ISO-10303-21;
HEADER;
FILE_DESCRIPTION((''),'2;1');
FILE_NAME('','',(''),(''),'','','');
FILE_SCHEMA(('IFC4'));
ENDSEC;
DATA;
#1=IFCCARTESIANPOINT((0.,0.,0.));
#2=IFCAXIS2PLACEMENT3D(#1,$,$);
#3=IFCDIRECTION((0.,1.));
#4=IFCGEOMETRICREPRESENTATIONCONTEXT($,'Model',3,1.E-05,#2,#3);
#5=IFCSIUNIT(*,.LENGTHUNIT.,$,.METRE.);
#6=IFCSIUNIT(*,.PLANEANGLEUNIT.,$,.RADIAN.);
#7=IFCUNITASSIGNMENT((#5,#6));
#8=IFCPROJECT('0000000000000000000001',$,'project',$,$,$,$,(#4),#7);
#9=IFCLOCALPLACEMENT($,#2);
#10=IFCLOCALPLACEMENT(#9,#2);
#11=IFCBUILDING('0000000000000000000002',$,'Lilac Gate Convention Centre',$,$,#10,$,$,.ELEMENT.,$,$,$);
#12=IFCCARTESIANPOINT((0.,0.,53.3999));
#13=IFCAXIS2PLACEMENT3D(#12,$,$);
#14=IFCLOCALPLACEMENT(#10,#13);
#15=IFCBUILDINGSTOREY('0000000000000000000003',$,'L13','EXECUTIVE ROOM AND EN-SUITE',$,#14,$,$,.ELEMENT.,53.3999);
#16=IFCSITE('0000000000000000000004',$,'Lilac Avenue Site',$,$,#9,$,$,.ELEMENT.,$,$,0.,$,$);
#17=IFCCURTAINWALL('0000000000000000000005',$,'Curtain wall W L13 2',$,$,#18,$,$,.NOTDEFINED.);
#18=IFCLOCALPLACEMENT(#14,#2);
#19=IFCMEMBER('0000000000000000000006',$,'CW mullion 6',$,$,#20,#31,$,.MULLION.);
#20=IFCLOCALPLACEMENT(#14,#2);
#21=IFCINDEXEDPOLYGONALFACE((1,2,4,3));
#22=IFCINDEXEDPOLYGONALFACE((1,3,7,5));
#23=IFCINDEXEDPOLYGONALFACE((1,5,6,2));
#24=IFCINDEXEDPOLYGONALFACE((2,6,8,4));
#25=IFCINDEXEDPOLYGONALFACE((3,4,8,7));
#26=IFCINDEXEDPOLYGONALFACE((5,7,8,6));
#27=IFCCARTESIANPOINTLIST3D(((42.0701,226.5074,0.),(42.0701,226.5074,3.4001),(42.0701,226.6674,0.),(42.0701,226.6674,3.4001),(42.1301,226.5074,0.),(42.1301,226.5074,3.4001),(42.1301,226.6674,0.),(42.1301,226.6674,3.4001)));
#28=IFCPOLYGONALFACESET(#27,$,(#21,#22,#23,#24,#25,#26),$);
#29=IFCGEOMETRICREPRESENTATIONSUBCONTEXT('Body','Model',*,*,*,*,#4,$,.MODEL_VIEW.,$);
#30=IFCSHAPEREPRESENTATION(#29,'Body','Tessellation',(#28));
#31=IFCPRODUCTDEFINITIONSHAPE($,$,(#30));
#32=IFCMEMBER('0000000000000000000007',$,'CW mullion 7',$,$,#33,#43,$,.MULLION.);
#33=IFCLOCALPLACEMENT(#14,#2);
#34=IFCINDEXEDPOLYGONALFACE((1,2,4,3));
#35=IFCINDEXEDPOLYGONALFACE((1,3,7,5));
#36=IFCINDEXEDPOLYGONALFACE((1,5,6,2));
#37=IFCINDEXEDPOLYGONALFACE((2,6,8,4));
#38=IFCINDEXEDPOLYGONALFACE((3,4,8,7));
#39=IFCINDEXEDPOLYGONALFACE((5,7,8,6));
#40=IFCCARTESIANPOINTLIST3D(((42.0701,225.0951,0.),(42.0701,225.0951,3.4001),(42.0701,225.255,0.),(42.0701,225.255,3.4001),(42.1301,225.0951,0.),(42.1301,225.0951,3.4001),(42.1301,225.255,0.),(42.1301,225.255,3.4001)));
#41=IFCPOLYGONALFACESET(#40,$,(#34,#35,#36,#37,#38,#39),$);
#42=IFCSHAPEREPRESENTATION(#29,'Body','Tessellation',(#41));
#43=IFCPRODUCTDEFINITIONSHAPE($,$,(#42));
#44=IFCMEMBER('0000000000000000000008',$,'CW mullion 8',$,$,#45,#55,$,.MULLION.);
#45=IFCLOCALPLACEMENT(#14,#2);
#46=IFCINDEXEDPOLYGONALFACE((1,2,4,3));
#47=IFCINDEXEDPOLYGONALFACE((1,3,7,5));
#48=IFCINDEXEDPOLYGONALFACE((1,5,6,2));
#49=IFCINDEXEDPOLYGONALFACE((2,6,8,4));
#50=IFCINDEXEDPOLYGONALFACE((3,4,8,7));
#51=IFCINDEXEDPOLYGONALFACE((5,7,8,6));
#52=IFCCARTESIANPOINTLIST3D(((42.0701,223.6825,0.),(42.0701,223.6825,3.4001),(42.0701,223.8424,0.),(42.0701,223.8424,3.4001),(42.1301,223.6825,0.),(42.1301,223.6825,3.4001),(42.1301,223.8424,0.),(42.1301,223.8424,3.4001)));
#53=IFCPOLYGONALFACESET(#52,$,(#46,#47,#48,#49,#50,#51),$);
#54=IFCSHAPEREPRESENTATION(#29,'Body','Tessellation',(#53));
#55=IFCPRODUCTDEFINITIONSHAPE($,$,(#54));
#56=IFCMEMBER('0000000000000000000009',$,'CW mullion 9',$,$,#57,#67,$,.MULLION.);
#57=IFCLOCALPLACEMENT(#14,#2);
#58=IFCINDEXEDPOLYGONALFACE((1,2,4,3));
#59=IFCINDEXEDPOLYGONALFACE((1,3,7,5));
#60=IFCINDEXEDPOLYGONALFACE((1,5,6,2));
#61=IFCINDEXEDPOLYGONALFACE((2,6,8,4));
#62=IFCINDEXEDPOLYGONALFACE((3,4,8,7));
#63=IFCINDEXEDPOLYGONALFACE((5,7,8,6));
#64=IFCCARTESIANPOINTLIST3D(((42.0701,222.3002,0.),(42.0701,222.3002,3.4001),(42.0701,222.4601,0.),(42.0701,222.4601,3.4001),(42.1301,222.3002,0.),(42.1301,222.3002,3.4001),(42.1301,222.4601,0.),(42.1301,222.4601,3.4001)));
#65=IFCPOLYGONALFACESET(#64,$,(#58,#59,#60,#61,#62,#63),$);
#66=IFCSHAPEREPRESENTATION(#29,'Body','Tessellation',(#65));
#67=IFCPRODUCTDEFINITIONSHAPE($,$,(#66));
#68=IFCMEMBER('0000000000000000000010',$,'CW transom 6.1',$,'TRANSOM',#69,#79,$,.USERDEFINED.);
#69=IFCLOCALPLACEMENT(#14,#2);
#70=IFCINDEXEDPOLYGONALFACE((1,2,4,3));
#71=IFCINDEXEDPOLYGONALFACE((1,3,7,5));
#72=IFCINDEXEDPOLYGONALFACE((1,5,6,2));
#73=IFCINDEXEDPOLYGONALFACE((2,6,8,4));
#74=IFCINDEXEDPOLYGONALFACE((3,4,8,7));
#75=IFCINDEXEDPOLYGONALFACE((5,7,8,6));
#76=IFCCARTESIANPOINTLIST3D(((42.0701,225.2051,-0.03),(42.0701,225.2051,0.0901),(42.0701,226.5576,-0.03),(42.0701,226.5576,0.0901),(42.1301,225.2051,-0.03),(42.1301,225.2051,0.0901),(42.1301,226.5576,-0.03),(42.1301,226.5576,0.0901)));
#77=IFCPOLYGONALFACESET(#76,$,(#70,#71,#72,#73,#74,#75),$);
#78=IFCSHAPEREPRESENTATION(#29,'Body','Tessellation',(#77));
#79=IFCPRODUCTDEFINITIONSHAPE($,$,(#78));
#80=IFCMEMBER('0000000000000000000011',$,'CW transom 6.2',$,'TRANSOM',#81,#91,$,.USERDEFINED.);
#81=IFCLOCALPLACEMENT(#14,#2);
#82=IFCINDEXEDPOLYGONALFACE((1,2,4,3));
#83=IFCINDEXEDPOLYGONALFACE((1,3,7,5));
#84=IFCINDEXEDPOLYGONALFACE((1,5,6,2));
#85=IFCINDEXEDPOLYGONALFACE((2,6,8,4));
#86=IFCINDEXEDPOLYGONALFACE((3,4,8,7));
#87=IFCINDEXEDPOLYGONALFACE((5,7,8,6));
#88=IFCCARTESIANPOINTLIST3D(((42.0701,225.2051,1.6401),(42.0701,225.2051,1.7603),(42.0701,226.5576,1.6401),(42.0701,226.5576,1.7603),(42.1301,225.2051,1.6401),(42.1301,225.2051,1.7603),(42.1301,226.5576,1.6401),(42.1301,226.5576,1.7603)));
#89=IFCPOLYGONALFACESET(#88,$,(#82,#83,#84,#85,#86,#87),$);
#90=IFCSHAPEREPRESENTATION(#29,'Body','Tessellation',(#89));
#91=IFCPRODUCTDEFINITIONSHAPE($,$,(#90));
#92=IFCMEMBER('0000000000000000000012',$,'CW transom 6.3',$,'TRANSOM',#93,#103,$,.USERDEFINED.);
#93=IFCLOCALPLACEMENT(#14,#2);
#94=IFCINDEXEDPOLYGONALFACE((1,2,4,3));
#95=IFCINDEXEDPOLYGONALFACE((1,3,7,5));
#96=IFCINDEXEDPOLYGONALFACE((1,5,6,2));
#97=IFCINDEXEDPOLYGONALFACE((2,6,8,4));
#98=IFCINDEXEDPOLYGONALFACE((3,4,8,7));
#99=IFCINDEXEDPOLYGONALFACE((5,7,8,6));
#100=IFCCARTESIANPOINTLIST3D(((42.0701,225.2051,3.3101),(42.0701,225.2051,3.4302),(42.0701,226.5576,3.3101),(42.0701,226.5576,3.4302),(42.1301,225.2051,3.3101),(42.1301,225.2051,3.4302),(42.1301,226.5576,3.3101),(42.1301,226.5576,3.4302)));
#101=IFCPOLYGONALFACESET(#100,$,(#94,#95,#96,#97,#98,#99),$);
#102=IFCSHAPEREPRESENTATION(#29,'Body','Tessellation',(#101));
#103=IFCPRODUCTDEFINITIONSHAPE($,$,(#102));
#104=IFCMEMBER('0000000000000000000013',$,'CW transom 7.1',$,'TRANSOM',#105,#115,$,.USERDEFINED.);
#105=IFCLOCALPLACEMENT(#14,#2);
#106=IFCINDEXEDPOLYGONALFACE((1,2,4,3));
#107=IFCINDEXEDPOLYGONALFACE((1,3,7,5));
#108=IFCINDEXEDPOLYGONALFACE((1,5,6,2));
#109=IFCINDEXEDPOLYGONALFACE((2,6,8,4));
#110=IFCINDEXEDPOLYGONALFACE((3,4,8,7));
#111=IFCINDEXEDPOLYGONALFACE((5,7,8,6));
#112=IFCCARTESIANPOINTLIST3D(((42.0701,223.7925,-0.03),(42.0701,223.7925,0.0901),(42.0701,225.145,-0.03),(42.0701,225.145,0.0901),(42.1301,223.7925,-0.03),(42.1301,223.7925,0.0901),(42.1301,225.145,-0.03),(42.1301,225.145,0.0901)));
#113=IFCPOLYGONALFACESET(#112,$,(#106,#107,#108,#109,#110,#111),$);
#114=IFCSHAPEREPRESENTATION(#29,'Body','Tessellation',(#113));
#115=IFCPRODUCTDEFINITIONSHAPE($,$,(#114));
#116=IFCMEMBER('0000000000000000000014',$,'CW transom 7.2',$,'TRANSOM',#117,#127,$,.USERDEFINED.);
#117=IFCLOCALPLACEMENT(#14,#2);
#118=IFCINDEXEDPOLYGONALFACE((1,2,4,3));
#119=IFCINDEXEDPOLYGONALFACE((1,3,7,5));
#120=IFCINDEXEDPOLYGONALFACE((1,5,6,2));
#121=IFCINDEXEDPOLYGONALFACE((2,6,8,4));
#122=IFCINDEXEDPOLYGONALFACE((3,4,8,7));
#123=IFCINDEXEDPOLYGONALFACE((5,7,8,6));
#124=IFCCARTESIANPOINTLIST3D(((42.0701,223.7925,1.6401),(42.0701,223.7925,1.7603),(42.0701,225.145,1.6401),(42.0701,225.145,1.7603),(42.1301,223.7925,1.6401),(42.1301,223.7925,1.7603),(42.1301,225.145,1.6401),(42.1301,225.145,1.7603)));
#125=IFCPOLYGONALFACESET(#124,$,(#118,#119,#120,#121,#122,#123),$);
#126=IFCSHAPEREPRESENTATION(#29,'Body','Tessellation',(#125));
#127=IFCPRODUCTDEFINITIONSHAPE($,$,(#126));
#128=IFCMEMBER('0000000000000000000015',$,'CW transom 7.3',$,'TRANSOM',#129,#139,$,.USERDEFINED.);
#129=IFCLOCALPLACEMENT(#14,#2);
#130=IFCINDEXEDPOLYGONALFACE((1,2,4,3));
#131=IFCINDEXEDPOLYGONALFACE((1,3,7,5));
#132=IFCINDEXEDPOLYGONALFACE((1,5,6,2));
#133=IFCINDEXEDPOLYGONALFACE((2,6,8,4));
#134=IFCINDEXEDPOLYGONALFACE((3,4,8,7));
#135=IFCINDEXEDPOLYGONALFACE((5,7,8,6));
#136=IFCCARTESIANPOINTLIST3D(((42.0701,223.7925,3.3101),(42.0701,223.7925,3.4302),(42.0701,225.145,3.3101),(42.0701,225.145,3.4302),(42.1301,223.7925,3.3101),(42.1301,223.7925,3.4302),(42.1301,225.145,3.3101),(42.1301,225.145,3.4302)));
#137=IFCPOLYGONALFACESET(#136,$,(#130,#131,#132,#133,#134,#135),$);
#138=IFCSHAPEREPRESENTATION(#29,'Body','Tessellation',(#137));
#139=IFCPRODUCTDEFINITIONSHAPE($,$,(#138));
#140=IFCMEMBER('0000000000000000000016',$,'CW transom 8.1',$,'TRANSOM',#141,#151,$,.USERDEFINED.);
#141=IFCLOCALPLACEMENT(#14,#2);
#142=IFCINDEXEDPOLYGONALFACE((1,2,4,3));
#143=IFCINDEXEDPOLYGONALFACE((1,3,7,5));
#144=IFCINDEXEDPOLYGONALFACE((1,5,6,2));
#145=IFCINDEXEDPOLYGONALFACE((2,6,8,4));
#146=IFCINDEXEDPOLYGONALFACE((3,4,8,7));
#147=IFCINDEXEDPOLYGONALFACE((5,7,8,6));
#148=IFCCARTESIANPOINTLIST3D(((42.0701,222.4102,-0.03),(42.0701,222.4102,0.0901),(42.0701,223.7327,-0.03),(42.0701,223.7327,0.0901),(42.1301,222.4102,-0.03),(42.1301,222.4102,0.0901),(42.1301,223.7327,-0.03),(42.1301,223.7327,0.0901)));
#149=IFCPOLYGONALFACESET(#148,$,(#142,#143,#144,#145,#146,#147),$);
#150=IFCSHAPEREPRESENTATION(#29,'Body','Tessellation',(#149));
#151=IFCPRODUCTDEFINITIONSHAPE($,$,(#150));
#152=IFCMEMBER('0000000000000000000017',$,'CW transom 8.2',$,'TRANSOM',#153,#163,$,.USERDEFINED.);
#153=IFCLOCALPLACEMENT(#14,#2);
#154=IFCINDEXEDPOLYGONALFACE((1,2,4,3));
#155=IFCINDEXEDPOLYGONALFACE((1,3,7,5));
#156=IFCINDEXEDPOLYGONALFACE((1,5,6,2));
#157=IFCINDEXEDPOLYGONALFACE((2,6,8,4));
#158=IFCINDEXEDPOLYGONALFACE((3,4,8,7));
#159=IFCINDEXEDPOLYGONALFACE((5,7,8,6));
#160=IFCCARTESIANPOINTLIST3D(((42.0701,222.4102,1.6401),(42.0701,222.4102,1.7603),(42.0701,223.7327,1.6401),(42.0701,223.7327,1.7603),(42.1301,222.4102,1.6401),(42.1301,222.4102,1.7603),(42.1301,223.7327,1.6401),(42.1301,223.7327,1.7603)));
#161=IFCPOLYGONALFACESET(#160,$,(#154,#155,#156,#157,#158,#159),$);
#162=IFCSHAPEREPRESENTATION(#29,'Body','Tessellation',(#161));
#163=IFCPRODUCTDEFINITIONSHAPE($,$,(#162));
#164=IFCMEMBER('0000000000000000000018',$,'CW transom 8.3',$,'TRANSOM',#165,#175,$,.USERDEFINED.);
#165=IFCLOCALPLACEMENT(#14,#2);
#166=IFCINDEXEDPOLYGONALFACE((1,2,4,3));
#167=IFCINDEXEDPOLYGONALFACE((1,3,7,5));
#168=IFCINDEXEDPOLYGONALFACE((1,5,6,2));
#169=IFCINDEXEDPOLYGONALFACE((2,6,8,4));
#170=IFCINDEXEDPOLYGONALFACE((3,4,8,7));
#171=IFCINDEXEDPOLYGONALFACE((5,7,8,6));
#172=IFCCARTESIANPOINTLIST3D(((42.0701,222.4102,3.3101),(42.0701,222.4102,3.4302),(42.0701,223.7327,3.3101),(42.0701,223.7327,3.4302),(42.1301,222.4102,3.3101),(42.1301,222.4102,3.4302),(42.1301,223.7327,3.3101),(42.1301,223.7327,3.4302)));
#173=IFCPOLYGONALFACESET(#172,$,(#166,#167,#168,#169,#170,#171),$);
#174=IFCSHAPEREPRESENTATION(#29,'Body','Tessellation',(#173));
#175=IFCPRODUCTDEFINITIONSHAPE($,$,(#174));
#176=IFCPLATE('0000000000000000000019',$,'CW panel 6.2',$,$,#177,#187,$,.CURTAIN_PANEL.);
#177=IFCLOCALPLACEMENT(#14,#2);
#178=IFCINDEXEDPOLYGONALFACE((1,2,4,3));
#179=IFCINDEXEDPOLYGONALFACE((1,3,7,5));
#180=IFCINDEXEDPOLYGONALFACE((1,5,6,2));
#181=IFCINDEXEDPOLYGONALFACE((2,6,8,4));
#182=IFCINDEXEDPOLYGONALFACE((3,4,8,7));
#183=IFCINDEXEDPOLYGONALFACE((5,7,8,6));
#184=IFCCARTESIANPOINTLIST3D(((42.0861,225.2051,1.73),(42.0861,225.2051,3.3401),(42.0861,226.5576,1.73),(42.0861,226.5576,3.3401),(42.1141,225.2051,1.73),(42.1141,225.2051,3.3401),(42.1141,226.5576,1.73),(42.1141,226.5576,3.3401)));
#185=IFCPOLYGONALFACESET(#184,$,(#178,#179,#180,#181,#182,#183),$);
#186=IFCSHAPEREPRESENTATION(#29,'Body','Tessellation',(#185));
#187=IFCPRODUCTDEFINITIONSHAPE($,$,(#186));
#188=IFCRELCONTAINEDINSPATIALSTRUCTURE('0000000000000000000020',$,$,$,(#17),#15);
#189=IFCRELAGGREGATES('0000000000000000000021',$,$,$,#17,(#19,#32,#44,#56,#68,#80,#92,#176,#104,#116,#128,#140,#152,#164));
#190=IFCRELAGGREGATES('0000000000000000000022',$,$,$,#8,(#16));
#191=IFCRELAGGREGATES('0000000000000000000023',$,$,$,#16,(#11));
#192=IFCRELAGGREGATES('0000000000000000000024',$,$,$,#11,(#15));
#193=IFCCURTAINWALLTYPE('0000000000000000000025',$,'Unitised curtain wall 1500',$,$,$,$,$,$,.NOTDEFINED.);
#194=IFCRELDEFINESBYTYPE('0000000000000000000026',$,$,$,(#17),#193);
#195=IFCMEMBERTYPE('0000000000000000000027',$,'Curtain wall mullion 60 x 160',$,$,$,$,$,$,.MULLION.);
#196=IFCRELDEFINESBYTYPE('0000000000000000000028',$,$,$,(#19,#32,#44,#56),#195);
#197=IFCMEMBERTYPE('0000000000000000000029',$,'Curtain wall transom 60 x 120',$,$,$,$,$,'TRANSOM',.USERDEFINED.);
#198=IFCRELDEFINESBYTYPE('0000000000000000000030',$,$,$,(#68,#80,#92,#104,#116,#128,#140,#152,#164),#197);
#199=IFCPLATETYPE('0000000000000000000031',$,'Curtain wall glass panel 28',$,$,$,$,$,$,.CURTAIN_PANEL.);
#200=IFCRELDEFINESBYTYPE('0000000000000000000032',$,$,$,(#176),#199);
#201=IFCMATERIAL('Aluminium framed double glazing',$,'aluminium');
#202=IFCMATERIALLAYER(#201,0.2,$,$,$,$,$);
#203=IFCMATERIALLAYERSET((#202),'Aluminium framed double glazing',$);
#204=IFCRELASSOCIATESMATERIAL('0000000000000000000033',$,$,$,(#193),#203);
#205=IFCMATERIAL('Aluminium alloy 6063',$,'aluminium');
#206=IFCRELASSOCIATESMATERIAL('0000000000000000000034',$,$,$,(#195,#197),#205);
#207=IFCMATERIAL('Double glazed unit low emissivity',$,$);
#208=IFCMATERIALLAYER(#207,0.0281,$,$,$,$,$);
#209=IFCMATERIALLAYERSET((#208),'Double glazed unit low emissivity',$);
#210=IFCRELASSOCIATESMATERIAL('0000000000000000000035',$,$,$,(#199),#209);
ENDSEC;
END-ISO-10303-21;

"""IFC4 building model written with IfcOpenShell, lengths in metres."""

from ifc_helpers import new_model, si_unit, direction, frame, origin, origin_2d, place, context, subcontext, project, spatial, rectangle, extrude, material, layer, layer_set, material_profile, profile_set, type_object, element, aggregate, save


model = new_model("IFC4")

# Units and contexts
model_context = context("Model", 3, precision=1e-05, world=origin(), true_north=direction((0.0, 1.0)))
body_context = subcontext(model_context, "Body", "Model", "MODEL_VIEW")
ifc_project = project(units=[si_unit("LENGTHUNIT", "METRE"), si_unit("PLANEANGLEUNIT", "RADIAN")], contexts=[model_context])

# Site, building, storey
site_placement = place(None, origin())
site = spatial("IfcSite", under=ifc_project, at=site_placement, Name="Lilac Avenue Site", CompositionType="ELEMENT", RefElevation=0.0)
building_placement = place(site_placement, origin())
building = spatial("IfcBuilding", under=site, at=building_placement, Name="Lilac Gate Convention Centre", CompositionType="ELEMENT")
storey_placement = place(building_placement, frame((0.0, 0.0, 53.3999)))
storey = spatial("IfcBuildingStorey", under=building, at=storey_placement, Name="L13", Description="EXECUTIVE ROOM AND EN-SUITE", CompositionType="ELEMENT", Elevation=53.3999)

# Curtain wall, members, plate
ifc_material_1 = material(Name="Aluminium framed double glazing", Category="aluminium")
ifc_layer_1 = layer(ifc_material_1, 0.2)
ifc_layer_set_1 = layer_set([ifc_layer_1], Name="Aluminium framed double glazing")
curtain_wall_type = type_object("IfcCurtainWallType", Name="Unitised curtain wall 1500", PredefinedType="NOTDEFINED", material=ifc_layer_set_1)
curtain_wall_placement = place(storey_placement, origin())
curtain_wall = element("IfcCurtainWall", 1, at=curtain_wall_placement, inside=storey, type_object=curtain_wall_type, Name="Curtain wall W L13 2", PredefinedType="NOTDEFINED")
ifc_material_2 = material(Name="Aluminium alloy 6063", Category="aluminium")
ifc_material_profile_1 = material_profile(ifc_material_2, rectangle(XDim=0.0601, YDim=0.1599, at=origin_2d()), Name="Curtain wall mullion 60 x 160")
ifc_profile_set_1 = profile_set([ifc_material_profile_1], Name="Aluminium alloy 6063")
member_type_1 = type_object("IfcMemberType", Name="Curtain wall mullion 60 x 160", PredefinedType="MULLION", material=ifc_profile_set_1)
member_1_placement = place(storey_placement, frame((42.1001, 226.5874, 0.0), z_axis=(0.0, 0.0, 1.0), x_axis=(1.0, 0.0, 0.0)))
member_1 = element("IfcMember", 2, at=member_1_placement, type_object=member_type_1, Name="CW mullion 6", PredefinedType="MULLION", context=body_context, shape_type="SweptSolid", body=[
    extrude(rectangle(XDim=0.0601, YDim=0.1599, at=origin_2d()), origin(), (0.0, 0.0, 1.0), 3.4001),
])
member_2_placement = place(storey_placement, frame((42.1001, 225.175, 0.0), z_axis=(0.0, 0.0, 1.0), x_axis=(1.0, 0.0, 0.0)))
member_2 = element("IfcMember", 3, at=member_2_placement, type_object=member_type_1, Name="CW mullion 7", PredefinedType="MULLION", context=body_context, shape_type="SweptSolid", body=[
    extrude(rectangle(XDim=0.0601, YDim=0.1599, at=origin_2d()), origin(), (0.0, 0.0, 1.0), 3.4001),
])
member_3_placement = place(storey_placement, frame((42.1001, 223.7625, 0.0), z_axis=(0.0, 0.0, 1.0), x_axis=(1.0, 0.0, 0.0)))
member_3 = element("IfcMember", 4, at=member_3_placement, type_object=member_type_1, Name="CW mullion 8", PredefinedType="MULLION", context=body_context, shape_type="SweptSolid", body=[
    extrude(rectangle(XDim=0.0601, YDim=0.1599, at=origin_2d()), origin(), (0.0, 0.0, 1.0), 3.4001),
])
member_4_placement = place(storey_placement, frame((42.1001, 222.3801, 0.0), z_axis=(0.0, 0.0, 1.0), x_axis=(1.0, 0.0, 0.0)))
member_4 = element("IfcMember", 5, at=member_4_placement, type_object=member_type_1, Name="CW mullion 9", PredefinedType="MULLION", context=body_context, shape_type="SweptSolid", body=[
    extrude(rectangle(XDim=0.0601, YDim=0.1599, at=origin_2d()), origin(), (0.0, 0.0, 1.0), 3.4001),
])
ifc_material_profile_2 = material_profile(ifc_material_2, rectangle(XDim=0.0601, YDim=0.1201, at=origin_2d()), Name="Curtain wall transom 60 x 120")
ifc_profile_set_2 = profile_set([ifc_material_profile_2], Name="Aluminium alloy 6063")
member_type_2 = type_object("IfcMemberType", Name="Curtain wall transom 60 x 120", ElementType="TRANSOM", PredefinedType="USERDEFINED", material=ifc_profile_set_2)
member_5_placement = place(storey_placement, frame((42.1001, 226.5576, 0.03), z_axis=(0.0, -1.0, 0.0), x_axis=(1.0, 0.0, 0.0)))
member_5 = element("IfcMember", 6, at=member_5_placement, type_object=member_type_2, Name="CW transom 6.1", ObjectType="TRANSOM", PredefinedType="USERDEFINED", context=body_context, shape_type="SweptSolid", body=[
    extrude(rectangle(XDim=0.0601, YDim=0.1201, at=origin_2d()), origin(), (0.0, 0.0, 1.0), 1.3525),
])
member_6_placement = place(storey_placement, frame((42.1001, 226.5576, 1.7002), z_axis=(0.0, -1.0, 0.0), x_axis=(1.0, 0.0, 0.0)))
member_6 = element("IfcMember", 7, at=member_6_placement, type_object=member_type_2, Name="CW transom 6.2", ObjectType="TRANSOM", PredefinedType="USERDEFINED", context=body_context, shape_type="SweptSolid", body=[
    extrude(rectangle(XDim=0.0601, YDim=0.1201, at=origin_2d()), origin(), (0.0, 0.0, 1.0), 1.3525),
])
member_7_placement = place(storey_placement, frame((42.1001, 226.5576, 3.3701), z_axis=(0.0, -1.0, 0.0), x_axis=(1.0, 0.0, 0.0)))
member_7 = element("IfcMember", 8, at=member_7_placement, type_object=member_type_2, Name="CW transom 6.3", ObjectType="TRANSOM", PredefinedType="USERDEFINED", context=body_context, shape_type="SweptSolid", body=[
    extrude(rectangle(XDim=0.0601, YDim=0.1201, at=origin_2d()), origin(), (0.0, 0.0, 1.0), 1.3525),
])
member_8_placement = place(storey_placement, frame((42.1001, 225.145, 0.03), z_axis=(0.0, -1.0, 0.0), x_axis=(1.0, 0.0, 0.0)))
member_8 = element("IfcMember", 9, at=member_8_placement, type_object=member_type_2, Name="CW transom 7.1", ObjectType="TRANSOM", PredefinedType="USERDEFINED", context=body_context, shape_type="SweptSolid", body=[
    extrude(rectangle(XDim=0.0601, YDim=0.1201, at=origin_2d()), origin(), (0.0, 0.0, 1.0), 1.3525),
])
member_9_placement = place(storey_placement, frame((42.1001, 225.145, 1.7002), z_axis=(0.0, -1.0, 0.0), x_axis=(1.0, 0.0, 0.0)))
member_9 = element("IfcMember", 10, at=member_9_placement, type_object=member_type_2, Name="CW transom 7.2", ObjectType="TRANSOM", PredefinedType="USERDEFINED", context=body_context, shape_type="SweptSolid", body=[
    extrude(rectangle(XDim=0.0601, YDim=0.1201, at=origin_2d()), origin(), (0.0, 0.0, 1.0), 1.3525),
])
member_10_placement = place(storey_placement, frame((42.1001, 225.145, 3.3701), z_axis=(0.0, -1.0, 0.0), x_axis=(1.0, 0.0, 0.0)))
member_10 = element("IfcMember", 11, at=member_10_placement, type_object=member_type_2, Name="CW transom 7.3", ObjectType="TRANSOM", PredefinedType="USERDEFINED", context=body_context, shape_type="SweptSolid", body=[
    extrude(rectangle(XDim=0.0601, YDim=0.1201, at=origin_2d()), origin(), (0.0, 0.0, 1.0), 1.3525),
])
member_11_placement = place(storey_placement, frame((42.1001, 223.7327, 0.03), z_axis=(0.0, -1.0, 0.0), x_axis=(1.0, 0.0, 0.0)))
member_11 = element("IfcMember", 12, at=member_11_placement, type_object=member_type_2, Name="CW transom 8.1", ObjectType="TRANSOM", PredefinedType="USERDEFINED", context=body_context, shape_type="SweptSolid", body=[
    extrude(rectangle(XDim=0.0601, YDim=0.1201, at=origin_2d()), origin(), (0.0, 0.0, 1.0), 1.3225),
])
member_12_placement = place(storey_placement, frame((42.1001, 223.7327, 1.7002), z_axis=(0.0, -1.0, 0.0), x_axis=(1.0, 0.0, 0.0)))
member_12 = element("IfcMember", 13, at=member_12_placement, type_object=member_type_2, Name="CW transom 8.2", ObjectType="TRANSOM", PredefinedType="USERDEFINED", context=body_context, shape_type="SweptSolid", body=[
    extrude(rectangle(XDim=0.0601, YDim=0.1201, at=origin_2d()), origin(), (0.0, 0.0, 1.0), 1.3225),
])
member_13_placement = place(storey_placement, frame((42.1001, 223.7327, 3.3701), z_axis=(0.0, -1.0, 0.0), x_axis=(1.0, 0.0, 0.0)))
member_13 = element("IfcMember", 14, at=member_13_placement, type_object=member_type_2, Name="CW transom 8.3", ObjectType="TRANSOM", PredefinedType="USERDEFINED", context=body_context, shape_type="SweptSolid", body=[
    extrude(rectangle(XDim=0.0601, YDim=0.1201, at=origin_2d()), origin(), (0.0, 0.0, 1.0), 1.3225),
])
ifc_material_3 = material(Name="Double glazed unit low emissivity")
ifc_layer_2 = layer(ifc_material_3, 0.0281)
ifc_layer_set_2 = layer_set([ifc_layer_2], Name="Double glazed unit low emissivity")
plate_type_1 = type_object("IfcPlateType", Name="Curtain wall glass panel 28", PredefinedType="CURTAIN_PANEL", material=ifc_layer_set_2)
plate_1_placement = place(storey_placement, frame((42.1001, 225.8813, 1.73), z_axis=(0.0, 0.0, 1.0), x_axis=(0.0, -1.0, 0.0)))
plate_1 = element("IfcPlate", 15, at=plate_1_placement, type_object=plate_type_1, Name="CW panel 6.2", PredefinedType="CURTAIN_PANEL", context=body_context, shape_type="SweptSolid", body=[
    extrude(rectangle(XDim=1.3525, YDim=0.0281, at=origin_2d()), origin(), (0.0, 0.0, 1.0), 1.6101),
])
aggregate(curtain_wall, [member_1, member_2, member_3, member_4, member_5, member_6, member_7, plate_1, member_8, member_9, member_10, member_11, member_12, member_13])

save(model, "model.ifc")
